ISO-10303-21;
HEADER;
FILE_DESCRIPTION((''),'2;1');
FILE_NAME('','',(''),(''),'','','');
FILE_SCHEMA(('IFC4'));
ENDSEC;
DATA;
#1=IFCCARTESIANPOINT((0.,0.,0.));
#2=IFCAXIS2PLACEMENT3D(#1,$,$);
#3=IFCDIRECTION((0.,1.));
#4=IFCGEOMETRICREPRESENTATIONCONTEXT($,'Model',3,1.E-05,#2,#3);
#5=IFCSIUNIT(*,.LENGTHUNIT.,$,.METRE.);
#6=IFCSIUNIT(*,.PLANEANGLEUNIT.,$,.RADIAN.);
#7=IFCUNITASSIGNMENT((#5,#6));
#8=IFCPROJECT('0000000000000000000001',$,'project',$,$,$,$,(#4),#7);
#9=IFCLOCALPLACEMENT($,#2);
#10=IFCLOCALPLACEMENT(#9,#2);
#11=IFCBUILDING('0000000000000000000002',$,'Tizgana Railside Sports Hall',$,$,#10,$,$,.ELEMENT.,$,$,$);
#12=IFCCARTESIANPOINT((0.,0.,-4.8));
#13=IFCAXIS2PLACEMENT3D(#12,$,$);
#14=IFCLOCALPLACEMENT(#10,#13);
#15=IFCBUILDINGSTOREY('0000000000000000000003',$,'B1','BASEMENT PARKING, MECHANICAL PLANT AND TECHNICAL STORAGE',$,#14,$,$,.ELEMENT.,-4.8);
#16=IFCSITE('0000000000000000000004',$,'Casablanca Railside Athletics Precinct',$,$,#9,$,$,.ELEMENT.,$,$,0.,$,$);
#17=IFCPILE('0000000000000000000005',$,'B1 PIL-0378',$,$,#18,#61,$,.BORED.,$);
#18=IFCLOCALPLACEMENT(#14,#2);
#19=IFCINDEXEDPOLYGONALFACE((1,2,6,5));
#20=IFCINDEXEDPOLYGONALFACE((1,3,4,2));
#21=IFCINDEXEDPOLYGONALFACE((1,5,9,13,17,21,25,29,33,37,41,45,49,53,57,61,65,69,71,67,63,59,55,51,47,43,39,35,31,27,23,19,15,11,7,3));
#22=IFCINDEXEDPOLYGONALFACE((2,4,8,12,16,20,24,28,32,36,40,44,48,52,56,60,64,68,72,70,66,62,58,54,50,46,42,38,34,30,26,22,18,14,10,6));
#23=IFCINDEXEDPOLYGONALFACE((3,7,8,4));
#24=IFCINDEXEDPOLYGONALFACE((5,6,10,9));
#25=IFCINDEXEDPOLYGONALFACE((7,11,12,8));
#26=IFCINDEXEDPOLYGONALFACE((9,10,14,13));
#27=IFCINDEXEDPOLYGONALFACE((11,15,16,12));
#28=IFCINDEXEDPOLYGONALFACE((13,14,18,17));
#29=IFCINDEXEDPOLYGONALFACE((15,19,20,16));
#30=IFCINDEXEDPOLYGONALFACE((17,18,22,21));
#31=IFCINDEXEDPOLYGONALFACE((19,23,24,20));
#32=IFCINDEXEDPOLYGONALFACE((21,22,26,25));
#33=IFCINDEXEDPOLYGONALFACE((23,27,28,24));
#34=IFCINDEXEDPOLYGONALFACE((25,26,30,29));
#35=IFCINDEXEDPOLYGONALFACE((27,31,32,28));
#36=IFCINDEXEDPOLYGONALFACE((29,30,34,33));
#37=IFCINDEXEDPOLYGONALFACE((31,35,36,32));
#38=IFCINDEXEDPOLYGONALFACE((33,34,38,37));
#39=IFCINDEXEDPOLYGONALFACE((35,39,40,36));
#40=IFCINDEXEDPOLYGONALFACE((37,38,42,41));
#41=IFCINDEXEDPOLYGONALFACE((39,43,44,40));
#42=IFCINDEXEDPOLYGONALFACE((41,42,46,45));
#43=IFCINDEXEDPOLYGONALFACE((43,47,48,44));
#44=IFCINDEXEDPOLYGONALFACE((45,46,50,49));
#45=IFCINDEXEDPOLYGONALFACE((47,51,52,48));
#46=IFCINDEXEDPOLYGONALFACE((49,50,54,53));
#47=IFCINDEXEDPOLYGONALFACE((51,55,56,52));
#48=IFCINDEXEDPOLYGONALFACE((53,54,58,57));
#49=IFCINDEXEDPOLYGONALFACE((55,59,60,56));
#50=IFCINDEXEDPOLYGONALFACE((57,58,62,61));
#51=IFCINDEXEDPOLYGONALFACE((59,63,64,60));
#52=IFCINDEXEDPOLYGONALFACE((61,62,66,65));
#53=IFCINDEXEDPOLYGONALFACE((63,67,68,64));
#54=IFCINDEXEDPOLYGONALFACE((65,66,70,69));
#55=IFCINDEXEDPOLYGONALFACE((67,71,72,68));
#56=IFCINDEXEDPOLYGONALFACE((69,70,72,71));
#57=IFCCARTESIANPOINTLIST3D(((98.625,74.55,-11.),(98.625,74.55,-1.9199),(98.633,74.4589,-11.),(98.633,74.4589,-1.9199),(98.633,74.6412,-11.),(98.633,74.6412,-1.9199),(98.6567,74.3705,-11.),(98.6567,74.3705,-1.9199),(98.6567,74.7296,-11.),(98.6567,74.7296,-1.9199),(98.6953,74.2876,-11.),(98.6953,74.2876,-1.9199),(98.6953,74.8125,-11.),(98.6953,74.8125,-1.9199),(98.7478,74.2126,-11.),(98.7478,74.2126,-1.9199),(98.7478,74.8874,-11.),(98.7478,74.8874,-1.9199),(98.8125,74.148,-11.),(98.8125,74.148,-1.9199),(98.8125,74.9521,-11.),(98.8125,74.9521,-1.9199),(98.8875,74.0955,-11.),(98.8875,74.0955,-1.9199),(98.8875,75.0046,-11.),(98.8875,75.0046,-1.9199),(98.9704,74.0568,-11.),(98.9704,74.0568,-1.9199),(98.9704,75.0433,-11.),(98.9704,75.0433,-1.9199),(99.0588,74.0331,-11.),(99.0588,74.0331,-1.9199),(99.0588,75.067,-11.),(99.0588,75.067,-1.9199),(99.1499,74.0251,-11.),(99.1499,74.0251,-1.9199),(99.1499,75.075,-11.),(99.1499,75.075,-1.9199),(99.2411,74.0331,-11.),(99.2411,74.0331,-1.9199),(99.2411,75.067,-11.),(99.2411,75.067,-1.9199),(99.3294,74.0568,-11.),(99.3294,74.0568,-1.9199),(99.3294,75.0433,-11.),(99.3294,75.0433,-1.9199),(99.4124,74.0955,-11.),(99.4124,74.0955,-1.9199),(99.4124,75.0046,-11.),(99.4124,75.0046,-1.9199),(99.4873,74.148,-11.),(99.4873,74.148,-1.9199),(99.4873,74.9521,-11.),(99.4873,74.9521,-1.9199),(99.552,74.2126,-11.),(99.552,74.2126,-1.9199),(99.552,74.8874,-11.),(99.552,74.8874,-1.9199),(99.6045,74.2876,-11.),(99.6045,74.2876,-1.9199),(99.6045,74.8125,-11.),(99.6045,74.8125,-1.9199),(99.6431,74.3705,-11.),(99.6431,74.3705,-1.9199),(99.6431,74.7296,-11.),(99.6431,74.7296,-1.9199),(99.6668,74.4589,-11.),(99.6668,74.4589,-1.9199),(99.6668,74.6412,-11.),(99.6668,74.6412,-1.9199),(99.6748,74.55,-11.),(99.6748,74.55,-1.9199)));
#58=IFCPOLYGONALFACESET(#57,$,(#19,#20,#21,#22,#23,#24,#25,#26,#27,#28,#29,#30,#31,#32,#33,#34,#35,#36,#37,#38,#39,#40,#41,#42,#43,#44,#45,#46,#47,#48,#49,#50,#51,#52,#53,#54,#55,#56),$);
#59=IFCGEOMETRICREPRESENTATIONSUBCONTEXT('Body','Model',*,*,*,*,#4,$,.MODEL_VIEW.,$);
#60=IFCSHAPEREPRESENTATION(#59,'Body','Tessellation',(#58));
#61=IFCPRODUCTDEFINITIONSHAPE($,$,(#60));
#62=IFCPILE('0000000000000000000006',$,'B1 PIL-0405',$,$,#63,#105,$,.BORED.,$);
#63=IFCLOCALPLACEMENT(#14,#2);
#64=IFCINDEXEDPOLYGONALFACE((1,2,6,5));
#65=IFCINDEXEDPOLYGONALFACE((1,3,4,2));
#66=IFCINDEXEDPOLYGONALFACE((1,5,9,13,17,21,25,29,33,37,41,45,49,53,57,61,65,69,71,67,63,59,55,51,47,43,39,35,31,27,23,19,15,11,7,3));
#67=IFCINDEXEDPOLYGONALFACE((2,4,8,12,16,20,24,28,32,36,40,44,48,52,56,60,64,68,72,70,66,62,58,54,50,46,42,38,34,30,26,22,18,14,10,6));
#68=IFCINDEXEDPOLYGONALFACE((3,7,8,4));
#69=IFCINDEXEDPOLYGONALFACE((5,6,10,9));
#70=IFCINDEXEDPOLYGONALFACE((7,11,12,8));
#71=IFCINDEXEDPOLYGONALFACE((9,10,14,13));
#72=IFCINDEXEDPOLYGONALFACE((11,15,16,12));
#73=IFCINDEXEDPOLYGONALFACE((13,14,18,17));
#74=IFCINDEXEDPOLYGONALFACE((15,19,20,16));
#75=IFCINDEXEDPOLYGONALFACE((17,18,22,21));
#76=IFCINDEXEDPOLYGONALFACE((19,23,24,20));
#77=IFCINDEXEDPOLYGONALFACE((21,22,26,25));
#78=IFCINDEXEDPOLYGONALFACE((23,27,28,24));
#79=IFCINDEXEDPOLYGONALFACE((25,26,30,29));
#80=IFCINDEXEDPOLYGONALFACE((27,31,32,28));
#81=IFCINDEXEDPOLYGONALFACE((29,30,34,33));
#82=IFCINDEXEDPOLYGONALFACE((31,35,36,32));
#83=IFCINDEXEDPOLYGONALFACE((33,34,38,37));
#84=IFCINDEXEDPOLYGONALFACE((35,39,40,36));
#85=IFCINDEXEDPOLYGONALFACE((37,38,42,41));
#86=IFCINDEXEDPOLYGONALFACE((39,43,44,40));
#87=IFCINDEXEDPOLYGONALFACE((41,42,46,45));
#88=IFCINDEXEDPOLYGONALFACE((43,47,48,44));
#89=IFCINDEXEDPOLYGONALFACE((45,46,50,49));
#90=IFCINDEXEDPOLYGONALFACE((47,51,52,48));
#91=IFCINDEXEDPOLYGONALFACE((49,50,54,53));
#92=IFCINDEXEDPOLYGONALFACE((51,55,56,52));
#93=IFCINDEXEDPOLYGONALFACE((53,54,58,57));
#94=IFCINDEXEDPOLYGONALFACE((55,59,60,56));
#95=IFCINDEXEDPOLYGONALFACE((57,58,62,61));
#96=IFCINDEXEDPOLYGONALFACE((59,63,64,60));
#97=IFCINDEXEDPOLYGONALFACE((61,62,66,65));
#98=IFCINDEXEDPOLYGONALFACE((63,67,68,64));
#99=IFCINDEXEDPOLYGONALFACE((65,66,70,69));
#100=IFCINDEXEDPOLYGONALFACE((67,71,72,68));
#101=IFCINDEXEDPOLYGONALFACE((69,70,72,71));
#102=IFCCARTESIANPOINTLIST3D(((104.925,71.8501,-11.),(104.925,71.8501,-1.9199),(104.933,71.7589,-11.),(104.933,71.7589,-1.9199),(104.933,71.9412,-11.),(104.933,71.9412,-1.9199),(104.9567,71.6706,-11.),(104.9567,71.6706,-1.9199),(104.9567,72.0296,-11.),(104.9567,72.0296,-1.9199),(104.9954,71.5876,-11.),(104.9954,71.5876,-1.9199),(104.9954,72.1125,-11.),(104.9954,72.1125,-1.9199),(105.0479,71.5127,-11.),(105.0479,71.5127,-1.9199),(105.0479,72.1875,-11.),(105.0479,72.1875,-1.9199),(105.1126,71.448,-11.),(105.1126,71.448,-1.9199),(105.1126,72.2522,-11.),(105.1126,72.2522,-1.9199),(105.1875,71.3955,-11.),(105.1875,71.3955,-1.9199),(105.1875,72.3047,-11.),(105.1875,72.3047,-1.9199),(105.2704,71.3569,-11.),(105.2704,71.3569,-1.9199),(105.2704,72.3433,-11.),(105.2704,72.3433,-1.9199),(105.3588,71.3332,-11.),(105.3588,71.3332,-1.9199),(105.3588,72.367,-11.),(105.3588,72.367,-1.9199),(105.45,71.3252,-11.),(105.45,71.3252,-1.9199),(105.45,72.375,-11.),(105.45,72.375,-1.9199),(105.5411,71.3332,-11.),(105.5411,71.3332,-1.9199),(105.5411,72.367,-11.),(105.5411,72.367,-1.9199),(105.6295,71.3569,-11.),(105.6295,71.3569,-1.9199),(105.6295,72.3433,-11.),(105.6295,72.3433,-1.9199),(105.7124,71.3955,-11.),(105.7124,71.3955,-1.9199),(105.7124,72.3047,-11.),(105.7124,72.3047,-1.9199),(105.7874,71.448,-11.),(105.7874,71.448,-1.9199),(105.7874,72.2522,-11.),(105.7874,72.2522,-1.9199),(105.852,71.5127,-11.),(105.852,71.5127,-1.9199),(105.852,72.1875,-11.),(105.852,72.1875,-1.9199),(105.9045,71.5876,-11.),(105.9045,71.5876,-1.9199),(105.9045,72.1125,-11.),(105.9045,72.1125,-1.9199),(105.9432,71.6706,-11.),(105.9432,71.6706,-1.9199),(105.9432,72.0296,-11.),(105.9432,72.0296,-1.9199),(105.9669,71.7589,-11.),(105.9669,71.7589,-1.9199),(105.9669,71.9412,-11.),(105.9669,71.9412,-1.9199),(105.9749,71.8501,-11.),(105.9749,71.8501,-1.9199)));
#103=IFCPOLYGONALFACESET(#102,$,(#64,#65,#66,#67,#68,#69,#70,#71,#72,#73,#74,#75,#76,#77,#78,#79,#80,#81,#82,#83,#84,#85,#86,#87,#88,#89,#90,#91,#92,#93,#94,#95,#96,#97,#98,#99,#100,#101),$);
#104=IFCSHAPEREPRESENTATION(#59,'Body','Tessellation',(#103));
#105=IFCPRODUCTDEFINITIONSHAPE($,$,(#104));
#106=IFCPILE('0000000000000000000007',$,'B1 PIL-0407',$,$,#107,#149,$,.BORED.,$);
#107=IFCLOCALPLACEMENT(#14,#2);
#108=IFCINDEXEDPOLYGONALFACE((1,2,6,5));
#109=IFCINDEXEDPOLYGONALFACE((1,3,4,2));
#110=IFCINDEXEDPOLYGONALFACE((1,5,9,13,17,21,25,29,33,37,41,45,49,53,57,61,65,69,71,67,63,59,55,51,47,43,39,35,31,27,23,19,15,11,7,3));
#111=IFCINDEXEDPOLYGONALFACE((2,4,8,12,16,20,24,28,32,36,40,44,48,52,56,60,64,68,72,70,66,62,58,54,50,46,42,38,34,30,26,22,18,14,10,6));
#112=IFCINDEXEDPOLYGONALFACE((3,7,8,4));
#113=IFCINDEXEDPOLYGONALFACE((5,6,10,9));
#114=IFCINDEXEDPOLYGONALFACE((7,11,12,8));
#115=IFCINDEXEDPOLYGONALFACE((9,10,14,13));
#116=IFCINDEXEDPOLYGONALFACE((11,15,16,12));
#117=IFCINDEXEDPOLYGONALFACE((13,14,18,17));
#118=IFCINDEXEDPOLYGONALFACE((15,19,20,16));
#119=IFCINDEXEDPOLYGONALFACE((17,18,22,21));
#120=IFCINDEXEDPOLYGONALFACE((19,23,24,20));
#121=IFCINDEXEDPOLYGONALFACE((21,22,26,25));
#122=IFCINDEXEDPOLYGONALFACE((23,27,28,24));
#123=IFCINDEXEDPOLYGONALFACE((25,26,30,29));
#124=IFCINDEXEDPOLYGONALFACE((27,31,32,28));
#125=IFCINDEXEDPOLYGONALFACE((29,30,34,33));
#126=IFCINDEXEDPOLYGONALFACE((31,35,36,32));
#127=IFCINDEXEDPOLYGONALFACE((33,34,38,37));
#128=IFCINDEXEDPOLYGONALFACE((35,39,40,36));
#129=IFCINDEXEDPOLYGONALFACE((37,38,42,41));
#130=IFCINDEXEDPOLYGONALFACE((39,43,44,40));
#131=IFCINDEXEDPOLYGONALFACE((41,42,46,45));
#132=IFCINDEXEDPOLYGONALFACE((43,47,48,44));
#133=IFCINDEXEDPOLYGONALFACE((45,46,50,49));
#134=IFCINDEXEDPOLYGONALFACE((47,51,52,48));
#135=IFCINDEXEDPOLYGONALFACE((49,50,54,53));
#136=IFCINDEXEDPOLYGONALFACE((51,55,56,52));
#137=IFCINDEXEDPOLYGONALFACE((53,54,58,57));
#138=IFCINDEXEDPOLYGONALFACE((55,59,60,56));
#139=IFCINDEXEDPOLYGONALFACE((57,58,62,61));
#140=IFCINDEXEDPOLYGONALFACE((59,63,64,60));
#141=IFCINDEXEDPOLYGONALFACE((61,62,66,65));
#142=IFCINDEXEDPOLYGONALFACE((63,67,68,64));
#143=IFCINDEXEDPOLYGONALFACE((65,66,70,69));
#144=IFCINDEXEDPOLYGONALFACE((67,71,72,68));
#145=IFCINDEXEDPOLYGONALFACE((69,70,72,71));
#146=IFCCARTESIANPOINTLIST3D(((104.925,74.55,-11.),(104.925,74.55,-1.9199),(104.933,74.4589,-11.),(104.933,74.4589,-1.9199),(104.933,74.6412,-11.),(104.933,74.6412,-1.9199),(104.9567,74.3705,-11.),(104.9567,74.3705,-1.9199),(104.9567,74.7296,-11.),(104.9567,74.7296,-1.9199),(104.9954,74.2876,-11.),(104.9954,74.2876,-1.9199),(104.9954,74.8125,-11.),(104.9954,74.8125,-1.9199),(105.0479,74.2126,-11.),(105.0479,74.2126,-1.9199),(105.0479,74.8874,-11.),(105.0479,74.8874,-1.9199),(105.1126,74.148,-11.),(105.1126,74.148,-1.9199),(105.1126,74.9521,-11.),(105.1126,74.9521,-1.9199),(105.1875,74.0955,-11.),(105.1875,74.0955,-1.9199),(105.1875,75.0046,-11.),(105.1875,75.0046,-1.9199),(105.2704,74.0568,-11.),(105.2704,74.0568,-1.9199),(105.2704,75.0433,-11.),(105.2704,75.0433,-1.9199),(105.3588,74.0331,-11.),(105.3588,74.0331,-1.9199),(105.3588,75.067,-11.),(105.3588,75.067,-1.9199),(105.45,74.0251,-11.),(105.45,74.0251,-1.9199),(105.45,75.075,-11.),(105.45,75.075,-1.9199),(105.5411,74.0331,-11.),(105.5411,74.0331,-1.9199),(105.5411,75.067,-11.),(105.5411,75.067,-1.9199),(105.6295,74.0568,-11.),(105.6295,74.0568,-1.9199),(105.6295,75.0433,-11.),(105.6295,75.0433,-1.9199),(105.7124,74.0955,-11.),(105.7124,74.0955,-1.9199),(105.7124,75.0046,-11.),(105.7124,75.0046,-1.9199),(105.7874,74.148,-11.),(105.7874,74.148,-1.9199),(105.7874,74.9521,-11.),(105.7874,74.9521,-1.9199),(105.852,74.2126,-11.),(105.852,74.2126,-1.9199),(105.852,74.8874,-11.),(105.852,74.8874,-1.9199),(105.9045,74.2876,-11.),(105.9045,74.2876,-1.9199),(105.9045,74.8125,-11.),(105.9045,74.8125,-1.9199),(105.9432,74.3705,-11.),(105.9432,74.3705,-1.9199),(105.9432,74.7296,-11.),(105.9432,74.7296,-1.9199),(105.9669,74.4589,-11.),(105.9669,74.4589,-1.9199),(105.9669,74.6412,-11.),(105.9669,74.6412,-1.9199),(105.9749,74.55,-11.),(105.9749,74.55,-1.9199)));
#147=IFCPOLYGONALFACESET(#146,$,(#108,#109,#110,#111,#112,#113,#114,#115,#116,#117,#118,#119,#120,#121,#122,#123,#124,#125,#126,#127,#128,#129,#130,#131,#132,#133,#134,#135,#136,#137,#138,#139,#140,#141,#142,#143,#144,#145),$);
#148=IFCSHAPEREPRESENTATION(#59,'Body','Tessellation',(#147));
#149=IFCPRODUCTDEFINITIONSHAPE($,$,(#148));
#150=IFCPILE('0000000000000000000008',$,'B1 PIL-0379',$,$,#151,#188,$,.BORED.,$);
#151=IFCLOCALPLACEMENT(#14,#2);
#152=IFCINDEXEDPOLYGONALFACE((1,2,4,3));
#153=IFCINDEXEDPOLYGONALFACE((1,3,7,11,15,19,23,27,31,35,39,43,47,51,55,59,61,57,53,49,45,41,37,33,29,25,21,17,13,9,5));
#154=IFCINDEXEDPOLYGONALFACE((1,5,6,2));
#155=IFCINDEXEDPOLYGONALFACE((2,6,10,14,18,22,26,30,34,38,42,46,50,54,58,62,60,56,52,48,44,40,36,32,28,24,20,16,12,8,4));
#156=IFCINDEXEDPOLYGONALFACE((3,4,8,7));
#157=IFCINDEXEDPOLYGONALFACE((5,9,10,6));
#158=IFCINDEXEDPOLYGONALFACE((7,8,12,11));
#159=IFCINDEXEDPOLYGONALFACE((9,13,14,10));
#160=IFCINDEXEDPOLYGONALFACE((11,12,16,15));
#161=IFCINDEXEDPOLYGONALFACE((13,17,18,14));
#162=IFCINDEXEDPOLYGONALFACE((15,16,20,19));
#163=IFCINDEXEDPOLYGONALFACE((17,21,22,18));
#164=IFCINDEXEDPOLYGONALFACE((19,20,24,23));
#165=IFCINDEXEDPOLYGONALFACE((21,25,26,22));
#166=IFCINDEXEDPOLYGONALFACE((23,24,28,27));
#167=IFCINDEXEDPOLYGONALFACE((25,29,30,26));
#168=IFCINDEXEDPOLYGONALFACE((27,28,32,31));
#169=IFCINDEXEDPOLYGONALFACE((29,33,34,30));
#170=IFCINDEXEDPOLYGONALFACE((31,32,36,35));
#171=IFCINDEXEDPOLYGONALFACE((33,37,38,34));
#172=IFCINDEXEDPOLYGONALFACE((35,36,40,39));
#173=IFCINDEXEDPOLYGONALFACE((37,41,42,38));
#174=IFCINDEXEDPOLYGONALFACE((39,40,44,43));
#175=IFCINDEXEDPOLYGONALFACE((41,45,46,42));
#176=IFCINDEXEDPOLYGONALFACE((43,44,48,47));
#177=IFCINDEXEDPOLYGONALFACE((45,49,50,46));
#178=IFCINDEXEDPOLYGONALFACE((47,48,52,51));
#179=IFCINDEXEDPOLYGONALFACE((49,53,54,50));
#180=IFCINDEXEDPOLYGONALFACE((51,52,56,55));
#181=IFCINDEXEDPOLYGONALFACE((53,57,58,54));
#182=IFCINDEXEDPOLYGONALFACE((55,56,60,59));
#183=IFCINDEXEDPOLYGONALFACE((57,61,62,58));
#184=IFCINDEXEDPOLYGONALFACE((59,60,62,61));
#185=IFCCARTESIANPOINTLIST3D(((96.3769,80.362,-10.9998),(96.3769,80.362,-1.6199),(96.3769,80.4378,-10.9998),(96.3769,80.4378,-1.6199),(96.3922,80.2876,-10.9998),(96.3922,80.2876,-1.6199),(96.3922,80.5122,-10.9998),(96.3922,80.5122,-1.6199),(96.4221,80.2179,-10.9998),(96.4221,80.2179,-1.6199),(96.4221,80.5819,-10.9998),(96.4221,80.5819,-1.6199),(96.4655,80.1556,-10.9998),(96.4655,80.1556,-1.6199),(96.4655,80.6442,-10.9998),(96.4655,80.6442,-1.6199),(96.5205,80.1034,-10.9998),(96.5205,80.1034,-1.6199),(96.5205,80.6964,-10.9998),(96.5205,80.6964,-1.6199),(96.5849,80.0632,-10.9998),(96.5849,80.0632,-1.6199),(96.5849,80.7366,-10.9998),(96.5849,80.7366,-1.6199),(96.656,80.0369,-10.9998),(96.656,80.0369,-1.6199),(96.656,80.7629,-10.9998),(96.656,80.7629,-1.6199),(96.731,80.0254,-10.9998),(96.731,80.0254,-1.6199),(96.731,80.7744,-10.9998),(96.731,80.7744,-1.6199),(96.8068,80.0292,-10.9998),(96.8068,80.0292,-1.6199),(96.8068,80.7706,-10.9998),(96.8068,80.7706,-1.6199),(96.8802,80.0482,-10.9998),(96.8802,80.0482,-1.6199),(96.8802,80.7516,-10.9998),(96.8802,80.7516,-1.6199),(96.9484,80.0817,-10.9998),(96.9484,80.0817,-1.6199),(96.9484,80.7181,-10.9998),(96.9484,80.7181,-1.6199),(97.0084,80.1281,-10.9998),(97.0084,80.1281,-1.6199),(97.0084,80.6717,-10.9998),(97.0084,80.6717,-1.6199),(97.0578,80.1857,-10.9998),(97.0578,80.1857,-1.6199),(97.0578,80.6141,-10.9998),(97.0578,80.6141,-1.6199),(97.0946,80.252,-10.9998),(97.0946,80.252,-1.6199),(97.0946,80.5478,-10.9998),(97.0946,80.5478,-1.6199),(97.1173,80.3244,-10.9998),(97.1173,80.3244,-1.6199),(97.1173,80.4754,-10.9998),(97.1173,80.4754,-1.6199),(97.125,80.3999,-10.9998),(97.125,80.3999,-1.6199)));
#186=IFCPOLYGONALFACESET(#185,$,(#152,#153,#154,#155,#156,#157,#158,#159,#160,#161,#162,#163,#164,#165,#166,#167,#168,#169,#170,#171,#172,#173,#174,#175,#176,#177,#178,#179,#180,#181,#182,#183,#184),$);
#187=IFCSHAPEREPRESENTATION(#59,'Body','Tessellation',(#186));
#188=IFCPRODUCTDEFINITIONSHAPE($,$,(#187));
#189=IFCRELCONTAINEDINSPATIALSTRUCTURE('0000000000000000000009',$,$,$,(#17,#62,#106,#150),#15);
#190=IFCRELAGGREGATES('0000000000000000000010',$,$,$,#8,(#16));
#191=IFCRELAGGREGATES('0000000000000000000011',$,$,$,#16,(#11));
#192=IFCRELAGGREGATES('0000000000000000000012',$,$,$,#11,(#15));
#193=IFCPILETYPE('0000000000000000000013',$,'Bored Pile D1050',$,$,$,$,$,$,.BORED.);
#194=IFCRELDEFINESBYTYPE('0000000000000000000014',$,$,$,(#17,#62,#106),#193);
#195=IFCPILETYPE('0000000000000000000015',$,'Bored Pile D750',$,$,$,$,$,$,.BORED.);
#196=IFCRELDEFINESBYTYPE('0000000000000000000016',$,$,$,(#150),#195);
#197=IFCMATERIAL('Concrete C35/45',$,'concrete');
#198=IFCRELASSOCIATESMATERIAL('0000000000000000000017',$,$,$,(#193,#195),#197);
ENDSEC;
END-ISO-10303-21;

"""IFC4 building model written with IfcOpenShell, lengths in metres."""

from ifc_helpers import new_model, si_unit, direction, frame, origin, origin_2d, place, context, subcontext, project, spatial, circle, extrude, material, material_profile, profile_set, type_object, element, save


model = new_model("IFC4")

# Units and contexts
model_context = context("Model", 3, precision=1e-05, world=origin(), true_north=direction((0.0, 1.0)))
body_context = subcontext(model_context, "Body", "Model", "MODEL_VIEW")
ifc_project = project(units=[si_unit("LENGTHUNIT", "METRE"), si_unit("PLANEANGLEUNIT", "RADIAN")], contexts=[model_context])

# Site, building, storey
site_placement = place(None, origin())
site = spatial("IfcSite", under=ifc_project, at=site_placement, Name="Casablanca Railside Athletics Precinct", CompositionType="ELEMENT", RefElevation=0.0)
building_placement = place(site_placement, origin())
building = spatial("IfcBuilding", under=site, at=building_placement, Name="Tizgana Railside Sports Hall", CompositionType="ELEMENT")
storey_placement = place(building_placement, frame((0.0, 0.0, -4.8)))
storey = spatial("IfcBuildingStorey", under=building, at=storey_placement, Name="B1", Description="BASEMENT PARKING, MECHANICAL PLANT AND TECHNICAL STORAGE", CompositionType="ELEMENT", Elevation=-4.8)

# Piles
ifc_material_1 = material(Name="Concrete C35/45", Category="concrete")
ifc_material_profile_1 = material_profile(ifc_material_1, circle(Radius=0.5249, at=origin_2d()), Name="PILE D1050")
ifc_profile_set_1 = profile_set([ifc_material_profile_1], Name="Concrete C35/45")
pile_type_1 = type_object("IfcPileType", Name="Bored Pile D1050", PredefinedType="BORED", material=ifc_profile_set_1)
for number, where, z_axis, x_axis, name in (
    (1, (99.1499, 74.55, -1.9199), (0.0, 0.0, -1.0), (1.0, 0.0, 0.0), "B1 PIL-0378"),
    (2, (105.45, 71.8501, -1.9199), (0.0, 0.0, -1.0), (1.0, 0.0, 0.0), "B1 PIL-0405"),
    (3, (105.45, 74.55, -1.9199), (0.0, 0.0, -1.0), (1.0, 0.0, 0.0), "B1 PIL-0407"),
):
    element("IfcPile", number, at=place(storey_placement, frame(where, z_axis=z_axis, x_axis=x_axis)), inside=storey, type_object=pile_type_1, Name=name, PredefinedType="BORED", context=body_context, shape_type="SweptSolid", body=[
        extrude(circle(Radius=0.5249, at=origin_2d()), origin(), (0.0, 0.0, 1.0), 9.0801),
    ])
ifc_material_profile_2 = material_profile(ifc_material_1, circle(Radius=0.375, at=origin_2d()), Name="PILE D750")
ifc_profile_set_2 = profile_set([ifc_material_profile_2], Name="Concrete C35/45")
pile_type_2 = type_object("IfcPileType", Name="Bored Pile D750", PredefinedType="BORED", material=ifc_profile_set_2)
for number, where, z_axis, x_axis, name in (
    (4, (96.75, 80.3999, -1.6199), (0.0, 0.0, -1.0), (1.0, 0.0, 0.0), "B1 PIL-0379"),
):
    element("IfcPile", number, at=place(storey_placement, frame(where, z_axis=z_axis, x_axis=x_axis)), inside=storey, type_object=pile_type_2, Name=name, PredefinedType="BORED", context=body_context, shape_type="SweptSolid", body=[
        extrude(circle(Radius=0.375, at=origin_2d()), origin(), (0.0, 0.0, 1.0), 9.3799),
    ])

save(model, "model.ifc")
